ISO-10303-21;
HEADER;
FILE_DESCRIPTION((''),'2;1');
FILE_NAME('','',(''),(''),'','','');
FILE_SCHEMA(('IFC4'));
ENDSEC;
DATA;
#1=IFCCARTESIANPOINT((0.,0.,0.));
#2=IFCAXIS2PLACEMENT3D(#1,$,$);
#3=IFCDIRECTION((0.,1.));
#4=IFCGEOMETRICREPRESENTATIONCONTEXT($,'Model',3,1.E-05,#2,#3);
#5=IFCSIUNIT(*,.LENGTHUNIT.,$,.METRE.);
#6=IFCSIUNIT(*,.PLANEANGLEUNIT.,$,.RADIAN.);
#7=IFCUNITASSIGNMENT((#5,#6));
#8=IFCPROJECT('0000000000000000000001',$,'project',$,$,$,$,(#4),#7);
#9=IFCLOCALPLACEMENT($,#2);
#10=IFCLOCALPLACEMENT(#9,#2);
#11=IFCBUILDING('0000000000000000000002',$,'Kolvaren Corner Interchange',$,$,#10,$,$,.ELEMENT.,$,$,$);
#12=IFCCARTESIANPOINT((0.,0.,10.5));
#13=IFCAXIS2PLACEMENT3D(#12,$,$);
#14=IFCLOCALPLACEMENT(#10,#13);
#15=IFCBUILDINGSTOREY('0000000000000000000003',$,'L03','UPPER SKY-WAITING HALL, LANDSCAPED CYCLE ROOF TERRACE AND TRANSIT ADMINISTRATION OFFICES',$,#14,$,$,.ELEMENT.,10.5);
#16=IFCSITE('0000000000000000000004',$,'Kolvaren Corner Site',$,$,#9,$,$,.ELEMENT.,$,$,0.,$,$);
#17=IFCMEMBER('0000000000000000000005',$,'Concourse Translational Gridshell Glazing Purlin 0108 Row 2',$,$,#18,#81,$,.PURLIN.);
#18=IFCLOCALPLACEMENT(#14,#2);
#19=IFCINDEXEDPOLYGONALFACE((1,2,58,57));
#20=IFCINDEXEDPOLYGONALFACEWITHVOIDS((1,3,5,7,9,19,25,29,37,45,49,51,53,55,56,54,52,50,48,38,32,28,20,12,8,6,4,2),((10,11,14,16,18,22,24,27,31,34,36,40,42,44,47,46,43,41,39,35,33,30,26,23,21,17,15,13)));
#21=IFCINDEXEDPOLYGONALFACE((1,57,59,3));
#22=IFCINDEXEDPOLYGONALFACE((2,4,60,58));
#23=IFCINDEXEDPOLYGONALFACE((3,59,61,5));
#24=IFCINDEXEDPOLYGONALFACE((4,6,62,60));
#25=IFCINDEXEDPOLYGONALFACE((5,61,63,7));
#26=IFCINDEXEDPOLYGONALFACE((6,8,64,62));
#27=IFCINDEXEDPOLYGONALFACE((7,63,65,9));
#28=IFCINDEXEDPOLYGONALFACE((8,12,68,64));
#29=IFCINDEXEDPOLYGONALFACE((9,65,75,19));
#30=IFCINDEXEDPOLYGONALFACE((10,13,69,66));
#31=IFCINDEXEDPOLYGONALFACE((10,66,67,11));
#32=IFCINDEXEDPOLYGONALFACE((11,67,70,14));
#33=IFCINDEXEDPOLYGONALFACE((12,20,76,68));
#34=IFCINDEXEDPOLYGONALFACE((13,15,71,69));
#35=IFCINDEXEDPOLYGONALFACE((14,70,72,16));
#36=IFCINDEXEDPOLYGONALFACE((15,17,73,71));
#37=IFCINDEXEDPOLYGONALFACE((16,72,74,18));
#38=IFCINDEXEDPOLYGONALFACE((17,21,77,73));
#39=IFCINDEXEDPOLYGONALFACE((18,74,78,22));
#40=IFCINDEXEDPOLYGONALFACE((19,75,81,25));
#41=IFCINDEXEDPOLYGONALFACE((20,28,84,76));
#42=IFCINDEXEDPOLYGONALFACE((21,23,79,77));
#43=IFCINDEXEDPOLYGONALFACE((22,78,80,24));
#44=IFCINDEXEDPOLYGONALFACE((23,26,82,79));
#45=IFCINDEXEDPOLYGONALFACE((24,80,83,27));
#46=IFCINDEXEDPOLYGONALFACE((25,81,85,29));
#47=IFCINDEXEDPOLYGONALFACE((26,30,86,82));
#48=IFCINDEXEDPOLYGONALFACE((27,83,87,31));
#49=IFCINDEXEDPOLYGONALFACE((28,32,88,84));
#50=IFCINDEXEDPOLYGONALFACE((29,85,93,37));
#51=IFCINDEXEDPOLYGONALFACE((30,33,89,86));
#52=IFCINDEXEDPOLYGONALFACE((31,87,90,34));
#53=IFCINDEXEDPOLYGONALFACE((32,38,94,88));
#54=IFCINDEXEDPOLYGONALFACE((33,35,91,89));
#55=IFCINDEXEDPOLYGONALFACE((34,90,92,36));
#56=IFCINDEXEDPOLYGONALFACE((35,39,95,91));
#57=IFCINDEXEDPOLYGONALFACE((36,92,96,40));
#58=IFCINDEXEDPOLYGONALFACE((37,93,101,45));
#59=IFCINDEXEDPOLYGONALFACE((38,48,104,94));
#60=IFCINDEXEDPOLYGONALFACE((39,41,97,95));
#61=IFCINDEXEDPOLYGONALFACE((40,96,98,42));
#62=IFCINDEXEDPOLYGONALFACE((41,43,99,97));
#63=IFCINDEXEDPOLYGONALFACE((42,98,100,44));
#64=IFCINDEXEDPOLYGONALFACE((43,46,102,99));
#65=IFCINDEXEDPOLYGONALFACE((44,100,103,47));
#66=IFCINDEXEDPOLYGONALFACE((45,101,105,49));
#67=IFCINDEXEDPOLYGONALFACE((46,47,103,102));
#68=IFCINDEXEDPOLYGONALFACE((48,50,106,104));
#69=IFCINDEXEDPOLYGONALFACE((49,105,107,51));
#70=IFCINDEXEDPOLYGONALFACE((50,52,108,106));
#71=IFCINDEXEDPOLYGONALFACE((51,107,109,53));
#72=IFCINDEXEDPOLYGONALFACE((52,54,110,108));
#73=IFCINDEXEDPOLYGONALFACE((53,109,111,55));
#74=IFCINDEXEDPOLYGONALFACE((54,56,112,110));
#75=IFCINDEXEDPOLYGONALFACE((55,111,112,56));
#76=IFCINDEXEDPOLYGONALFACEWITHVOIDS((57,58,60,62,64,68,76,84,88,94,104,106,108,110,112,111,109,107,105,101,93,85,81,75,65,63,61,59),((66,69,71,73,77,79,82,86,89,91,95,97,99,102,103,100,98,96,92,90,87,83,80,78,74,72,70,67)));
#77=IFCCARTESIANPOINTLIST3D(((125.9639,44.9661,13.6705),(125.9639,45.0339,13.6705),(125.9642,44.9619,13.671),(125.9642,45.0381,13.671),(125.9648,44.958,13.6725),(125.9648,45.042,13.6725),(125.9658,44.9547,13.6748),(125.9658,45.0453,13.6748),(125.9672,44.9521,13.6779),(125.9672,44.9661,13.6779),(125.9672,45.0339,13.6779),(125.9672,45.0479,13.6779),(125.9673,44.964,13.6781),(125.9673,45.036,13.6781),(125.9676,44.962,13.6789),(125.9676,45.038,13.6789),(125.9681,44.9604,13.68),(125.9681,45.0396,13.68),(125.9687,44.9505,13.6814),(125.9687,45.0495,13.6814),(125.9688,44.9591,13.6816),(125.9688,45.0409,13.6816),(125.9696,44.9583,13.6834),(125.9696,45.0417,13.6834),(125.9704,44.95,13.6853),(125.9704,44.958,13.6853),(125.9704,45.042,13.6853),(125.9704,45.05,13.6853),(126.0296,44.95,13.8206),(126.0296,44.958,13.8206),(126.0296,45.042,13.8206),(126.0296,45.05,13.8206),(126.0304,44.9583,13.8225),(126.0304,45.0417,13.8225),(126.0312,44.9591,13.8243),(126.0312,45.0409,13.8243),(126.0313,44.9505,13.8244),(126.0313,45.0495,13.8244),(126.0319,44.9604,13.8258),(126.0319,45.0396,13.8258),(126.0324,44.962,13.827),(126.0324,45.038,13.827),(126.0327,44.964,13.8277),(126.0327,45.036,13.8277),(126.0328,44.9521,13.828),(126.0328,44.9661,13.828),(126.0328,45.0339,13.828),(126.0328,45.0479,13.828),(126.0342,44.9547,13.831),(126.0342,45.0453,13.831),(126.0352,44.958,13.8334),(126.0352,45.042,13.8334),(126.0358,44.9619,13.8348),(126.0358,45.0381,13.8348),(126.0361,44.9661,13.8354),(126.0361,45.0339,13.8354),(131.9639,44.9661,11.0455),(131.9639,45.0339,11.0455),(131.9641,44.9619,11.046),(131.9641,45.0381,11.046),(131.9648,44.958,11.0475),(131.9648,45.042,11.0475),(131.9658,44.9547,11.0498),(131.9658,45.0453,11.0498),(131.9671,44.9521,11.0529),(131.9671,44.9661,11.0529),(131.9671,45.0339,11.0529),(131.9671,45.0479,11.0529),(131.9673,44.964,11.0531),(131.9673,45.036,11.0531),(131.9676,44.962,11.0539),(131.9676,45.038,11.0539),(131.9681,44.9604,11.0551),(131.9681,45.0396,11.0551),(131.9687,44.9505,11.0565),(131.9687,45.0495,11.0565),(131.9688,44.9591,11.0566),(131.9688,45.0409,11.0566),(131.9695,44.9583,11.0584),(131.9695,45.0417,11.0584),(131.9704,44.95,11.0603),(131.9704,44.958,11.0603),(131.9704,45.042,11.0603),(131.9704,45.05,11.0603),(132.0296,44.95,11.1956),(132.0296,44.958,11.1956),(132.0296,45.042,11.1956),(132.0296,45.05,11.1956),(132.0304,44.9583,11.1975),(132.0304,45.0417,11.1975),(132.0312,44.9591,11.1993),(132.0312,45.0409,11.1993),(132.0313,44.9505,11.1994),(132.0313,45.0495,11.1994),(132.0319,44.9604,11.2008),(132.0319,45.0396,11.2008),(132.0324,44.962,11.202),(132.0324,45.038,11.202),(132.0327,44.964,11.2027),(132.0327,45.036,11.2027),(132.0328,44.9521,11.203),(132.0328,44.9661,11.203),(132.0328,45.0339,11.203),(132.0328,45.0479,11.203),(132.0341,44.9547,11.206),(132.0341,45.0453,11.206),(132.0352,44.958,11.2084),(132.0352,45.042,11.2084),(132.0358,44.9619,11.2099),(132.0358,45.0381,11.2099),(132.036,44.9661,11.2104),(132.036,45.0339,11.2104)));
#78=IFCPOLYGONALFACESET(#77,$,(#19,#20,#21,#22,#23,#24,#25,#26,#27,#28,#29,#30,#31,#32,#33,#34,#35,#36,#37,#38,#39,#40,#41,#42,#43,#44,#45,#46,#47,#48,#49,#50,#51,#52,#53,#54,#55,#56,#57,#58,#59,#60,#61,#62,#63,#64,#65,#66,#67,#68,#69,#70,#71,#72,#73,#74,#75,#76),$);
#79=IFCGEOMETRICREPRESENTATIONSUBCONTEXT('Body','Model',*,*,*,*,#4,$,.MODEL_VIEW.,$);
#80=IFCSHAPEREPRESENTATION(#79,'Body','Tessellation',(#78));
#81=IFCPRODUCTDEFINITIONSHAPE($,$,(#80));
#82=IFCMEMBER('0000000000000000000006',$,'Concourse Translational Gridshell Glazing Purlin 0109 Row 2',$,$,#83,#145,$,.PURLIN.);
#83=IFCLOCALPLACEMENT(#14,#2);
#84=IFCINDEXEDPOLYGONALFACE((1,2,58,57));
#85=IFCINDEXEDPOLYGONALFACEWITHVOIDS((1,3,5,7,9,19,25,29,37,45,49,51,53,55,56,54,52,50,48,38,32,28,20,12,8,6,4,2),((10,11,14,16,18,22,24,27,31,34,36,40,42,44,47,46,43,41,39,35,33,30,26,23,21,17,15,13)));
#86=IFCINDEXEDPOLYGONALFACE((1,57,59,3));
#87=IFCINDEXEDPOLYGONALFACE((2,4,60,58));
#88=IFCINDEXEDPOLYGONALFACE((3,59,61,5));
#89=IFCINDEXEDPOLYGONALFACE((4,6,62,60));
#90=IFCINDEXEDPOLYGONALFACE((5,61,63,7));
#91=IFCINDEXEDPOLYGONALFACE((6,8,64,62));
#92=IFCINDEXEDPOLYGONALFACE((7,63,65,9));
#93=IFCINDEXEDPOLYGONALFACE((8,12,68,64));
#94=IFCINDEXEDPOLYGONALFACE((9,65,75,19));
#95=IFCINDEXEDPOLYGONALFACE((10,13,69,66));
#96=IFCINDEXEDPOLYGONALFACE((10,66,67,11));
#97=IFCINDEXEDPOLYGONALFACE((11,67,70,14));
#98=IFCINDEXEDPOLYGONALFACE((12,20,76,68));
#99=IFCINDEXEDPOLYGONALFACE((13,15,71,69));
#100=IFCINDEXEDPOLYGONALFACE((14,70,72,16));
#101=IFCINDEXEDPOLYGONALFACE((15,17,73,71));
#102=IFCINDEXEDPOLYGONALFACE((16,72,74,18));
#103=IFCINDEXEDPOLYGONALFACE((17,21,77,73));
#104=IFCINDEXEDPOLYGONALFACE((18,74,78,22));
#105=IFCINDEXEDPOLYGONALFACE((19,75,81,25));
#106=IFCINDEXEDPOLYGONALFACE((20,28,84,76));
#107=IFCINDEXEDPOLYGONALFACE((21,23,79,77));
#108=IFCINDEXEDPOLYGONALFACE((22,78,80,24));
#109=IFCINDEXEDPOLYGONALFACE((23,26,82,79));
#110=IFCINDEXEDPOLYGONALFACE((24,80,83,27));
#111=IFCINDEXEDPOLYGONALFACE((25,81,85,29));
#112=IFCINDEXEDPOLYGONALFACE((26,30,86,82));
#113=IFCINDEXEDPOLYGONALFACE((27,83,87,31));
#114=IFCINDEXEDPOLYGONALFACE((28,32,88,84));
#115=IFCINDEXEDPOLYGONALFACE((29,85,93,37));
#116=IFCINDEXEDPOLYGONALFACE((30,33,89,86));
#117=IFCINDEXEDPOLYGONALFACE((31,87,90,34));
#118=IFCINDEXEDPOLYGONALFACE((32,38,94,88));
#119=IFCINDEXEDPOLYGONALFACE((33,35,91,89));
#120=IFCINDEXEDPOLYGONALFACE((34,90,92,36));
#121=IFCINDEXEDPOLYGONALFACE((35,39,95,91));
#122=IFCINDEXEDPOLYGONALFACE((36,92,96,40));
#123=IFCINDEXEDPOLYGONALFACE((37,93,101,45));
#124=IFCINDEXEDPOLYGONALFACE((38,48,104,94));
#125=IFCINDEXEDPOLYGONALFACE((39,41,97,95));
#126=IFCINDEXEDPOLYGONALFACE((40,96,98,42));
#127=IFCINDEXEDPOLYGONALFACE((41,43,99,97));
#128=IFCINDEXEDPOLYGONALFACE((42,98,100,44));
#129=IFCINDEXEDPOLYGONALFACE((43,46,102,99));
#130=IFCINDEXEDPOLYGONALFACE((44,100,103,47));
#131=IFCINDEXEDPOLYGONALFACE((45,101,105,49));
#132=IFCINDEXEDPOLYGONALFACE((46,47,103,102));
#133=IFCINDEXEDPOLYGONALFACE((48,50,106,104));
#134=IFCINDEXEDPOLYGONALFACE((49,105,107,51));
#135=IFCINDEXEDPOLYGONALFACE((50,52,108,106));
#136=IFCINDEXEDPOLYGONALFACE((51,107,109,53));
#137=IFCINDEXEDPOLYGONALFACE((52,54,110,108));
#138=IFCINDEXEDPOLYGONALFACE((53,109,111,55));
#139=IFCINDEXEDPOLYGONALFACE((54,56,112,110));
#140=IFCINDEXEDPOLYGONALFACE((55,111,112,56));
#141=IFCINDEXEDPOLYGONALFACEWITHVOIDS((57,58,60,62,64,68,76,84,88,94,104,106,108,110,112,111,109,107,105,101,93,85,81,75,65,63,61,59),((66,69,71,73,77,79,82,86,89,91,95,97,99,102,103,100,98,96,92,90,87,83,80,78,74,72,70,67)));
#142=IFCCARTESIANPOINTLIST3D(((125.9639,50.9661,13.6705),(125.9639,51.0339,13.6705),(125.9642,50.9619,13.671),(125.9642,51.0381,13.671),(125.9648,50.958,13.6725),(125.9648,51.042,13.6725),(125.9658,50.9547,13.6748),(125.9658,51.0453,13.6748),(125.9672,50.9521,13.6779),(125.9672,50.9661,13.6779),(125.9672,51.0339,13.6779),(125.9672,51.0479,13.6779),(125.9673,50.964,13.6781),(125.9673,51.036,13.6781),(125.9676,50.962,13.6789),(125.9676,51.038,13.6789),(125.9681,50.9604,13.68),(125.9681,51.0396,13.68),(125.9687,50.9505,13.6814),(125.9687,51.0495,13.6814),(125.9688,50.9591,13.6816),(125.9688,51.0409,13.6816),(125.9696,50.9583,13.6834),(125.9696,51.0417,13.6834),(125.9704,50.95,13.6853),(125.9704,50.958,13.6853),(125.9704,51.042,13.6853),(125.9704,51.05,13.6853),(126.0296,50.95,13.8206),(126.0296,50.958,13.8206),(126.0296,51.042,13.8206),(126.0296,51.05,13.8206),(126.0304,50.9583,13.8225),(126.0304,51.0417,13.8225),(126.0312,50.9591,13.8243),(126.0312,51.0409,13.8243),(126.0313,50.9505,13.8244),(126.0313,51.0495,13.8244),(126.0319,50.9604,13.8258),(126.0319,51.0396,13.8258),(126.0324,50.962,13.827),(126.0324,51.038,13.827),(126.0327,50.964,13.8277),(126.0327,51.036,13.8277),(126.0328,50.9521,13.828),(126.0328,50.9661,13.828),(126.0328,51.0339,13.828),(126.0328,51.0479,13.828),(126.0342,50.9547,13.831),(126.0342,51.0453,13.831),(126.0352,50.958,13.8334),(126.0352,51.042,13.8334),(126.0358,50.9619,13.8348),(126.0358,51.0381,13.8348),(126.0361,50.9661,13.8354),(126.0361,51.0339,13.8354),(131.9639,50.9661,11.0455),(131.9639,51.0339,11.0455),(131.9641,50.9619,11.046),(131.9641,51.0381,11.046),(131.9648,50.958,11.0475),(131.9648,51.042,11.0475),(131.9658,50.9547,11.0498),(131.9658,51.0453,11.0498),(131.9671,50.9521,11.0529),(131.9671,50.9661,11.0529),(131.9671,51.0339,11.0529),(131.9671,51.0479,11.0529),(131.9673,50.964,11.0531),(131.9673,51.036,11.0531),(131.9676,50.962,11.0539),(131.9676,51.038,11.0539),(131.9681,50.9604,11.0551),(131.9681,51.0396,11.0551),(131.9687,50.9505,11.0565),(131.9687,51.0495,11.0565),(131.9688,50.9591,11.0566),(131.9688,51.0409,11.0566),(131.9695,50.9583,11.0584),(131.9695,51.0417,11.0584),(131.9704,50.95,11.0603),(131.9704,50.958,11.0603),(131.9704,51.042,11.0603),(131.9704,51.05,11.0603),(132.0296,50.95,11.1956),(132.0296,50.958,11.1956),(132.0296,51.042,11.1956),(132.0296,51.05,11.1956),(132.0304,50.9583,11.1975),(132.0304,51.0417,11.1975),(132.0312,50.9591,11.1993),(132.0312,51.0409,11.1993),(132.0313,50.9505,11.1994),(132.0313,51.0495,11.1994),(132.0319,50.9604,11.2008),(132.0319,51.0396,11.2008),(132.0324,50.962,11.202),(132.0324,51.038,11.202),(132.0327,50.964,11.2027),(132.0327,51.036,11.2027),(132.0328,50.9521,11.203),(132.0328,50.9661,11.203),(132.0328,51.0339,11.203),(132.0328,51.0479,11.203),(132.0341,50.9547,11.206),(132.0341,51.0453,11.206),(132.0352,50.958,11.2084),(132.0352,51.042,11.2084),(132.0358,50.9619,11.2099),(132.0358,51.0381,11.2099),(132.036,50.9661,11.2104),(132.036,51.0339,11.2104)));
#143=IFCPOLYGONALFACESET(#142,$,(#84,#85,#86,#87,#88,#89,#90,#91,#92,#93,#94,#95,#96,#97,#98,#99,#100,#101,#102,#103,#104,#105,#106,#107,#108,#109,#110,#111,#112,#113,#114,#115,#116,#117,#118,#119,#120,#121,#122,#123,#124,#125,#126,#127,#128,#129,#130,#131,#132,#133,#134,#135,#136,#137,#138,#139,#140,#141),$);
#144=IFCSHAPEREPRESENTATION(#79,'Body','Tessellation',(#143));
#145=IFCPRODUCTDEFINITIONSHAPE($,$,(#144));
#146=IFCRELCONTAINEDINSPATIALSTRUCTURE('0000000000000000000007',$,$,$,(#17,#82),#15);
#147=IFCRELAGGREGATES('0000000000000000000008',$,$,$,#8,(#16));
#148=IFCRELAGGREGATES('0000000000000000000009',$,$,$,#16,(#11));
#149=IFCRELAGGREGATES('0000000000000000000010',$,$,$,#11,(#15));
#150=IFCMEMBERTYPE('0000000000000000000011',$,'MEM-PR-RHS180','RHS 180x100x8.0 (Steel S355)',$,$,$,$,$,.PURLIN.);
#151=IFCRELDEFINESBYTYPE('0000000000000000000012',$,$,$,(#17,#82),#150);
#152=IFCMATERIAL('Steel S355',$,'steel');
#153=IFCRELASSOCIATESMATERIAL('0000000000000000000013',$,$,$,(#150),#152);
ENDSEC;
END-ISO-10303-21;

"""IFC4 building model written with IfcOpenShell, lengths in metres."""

from ifc_helpers import new_model, si_unit, direction, frame, origin, origin_2d, place, context, subcontext, project, spatial, hollow_rectangle, extrude, material, material_profile, profile_set, type_object, element, save


model = new_model("IFC4")

# Units and contexts
model_context = context("Model", 3, precision=1e-05, world=origin(), true_north=direction((0.0, 1.0)))
body_context = subcontext(model_context, "Body", "Model", "MODEL_VIEW")
ifc_project = project(units=[si_unit("LENGTHUNIT", "METRE"), si_unit("PLANEANGLEUNIT", "RADIAN")], contexts=[model_context])

# Site, building, storey
site_placement = place(None, origin())
site = spatial("IfcSite", under=ifc_project, at=site_placement, Name="Kolvaren Corner Site", CompositionType="ELEMENT", RefElevation=0.0)
building_placement = place(site_placement, origin())
building = spatial("IfcBuilding", under=site, at=building_placement, Name="Kolvaren Corner Interchange", CompositionType="ELEMENT")
storey_placement = place(building_placement, frame((0.0, 0.0, 10.5)))
storey = spatial("IfcBuildingStorey", under=building, at=storey_placement, Name="L03", Description="UPPER SKY-WAITING HALL, LANDSCAPED CYCLE ROOF TERRACE AND TRANSIT ADMINISTRATION OFFICES", CompositionType="ELEMENT", Elevation=10.5)

# Members
ifc_material_1 = material(Name="Steel S355", Category="steel")
ifc_material_profile_1 = material_profile(ifc_material_1, hollow_rectangle(XDim=0.1001, YDim=0.1799, WallThickness=0.0081, InnerFilletRadius=0.0081, OuterFilletRadius=0.0161, at=origin_2d()), Name="RHS 180x100x8.0")
ifc_profile_set_1 = profile_set([ifc_material_profile_1], Name="Steel S355")
member_type_1 = type_object("IfcMemberType", Name="MEM-PR-RHS180", Description="RHS 180x100x8.0 (Steel S355)", PredefinedType="PURLIN", material=ifc_profile_set_1)
for number, where, z_axis, x_axis, name in (
    (1, (126.0, 45.0, 13.7529), (0.916157, 0.0, -0.400819), (0.0, 1.0, 0.0), "Concourse Translational Gridshell Glazing Purlin 0108 Row 2"),
    (2, (126.0, 51.0, 13.7529), (0.916157, 0.0, -0.400819), (0.0, 1.0, 0.0), "Concourse Translational Gridshell Glazing Purlin 0109 Row 2"),
):
    element("IfcMember", number, at=place(storey_placement, frame(where, z_axis=z_axis, x_axis=x_axis)), inside=storey, type_object=member_type_1, Name=name, PredefinedType="PURLIN", context=body_context, shape_type="SweptSolid", body=[
        extrude(hollow_rectangle(XDim=0.1001, YDim=0.1799, WallThickness=0.0081, InnerFilletRadius=0.0081, OuterFilletRadius=0.0161, at=origin_2d()), origin(), (0.0, 0.0, 1.0), 6.5491),
    ])

save(model, "model.ifc")
